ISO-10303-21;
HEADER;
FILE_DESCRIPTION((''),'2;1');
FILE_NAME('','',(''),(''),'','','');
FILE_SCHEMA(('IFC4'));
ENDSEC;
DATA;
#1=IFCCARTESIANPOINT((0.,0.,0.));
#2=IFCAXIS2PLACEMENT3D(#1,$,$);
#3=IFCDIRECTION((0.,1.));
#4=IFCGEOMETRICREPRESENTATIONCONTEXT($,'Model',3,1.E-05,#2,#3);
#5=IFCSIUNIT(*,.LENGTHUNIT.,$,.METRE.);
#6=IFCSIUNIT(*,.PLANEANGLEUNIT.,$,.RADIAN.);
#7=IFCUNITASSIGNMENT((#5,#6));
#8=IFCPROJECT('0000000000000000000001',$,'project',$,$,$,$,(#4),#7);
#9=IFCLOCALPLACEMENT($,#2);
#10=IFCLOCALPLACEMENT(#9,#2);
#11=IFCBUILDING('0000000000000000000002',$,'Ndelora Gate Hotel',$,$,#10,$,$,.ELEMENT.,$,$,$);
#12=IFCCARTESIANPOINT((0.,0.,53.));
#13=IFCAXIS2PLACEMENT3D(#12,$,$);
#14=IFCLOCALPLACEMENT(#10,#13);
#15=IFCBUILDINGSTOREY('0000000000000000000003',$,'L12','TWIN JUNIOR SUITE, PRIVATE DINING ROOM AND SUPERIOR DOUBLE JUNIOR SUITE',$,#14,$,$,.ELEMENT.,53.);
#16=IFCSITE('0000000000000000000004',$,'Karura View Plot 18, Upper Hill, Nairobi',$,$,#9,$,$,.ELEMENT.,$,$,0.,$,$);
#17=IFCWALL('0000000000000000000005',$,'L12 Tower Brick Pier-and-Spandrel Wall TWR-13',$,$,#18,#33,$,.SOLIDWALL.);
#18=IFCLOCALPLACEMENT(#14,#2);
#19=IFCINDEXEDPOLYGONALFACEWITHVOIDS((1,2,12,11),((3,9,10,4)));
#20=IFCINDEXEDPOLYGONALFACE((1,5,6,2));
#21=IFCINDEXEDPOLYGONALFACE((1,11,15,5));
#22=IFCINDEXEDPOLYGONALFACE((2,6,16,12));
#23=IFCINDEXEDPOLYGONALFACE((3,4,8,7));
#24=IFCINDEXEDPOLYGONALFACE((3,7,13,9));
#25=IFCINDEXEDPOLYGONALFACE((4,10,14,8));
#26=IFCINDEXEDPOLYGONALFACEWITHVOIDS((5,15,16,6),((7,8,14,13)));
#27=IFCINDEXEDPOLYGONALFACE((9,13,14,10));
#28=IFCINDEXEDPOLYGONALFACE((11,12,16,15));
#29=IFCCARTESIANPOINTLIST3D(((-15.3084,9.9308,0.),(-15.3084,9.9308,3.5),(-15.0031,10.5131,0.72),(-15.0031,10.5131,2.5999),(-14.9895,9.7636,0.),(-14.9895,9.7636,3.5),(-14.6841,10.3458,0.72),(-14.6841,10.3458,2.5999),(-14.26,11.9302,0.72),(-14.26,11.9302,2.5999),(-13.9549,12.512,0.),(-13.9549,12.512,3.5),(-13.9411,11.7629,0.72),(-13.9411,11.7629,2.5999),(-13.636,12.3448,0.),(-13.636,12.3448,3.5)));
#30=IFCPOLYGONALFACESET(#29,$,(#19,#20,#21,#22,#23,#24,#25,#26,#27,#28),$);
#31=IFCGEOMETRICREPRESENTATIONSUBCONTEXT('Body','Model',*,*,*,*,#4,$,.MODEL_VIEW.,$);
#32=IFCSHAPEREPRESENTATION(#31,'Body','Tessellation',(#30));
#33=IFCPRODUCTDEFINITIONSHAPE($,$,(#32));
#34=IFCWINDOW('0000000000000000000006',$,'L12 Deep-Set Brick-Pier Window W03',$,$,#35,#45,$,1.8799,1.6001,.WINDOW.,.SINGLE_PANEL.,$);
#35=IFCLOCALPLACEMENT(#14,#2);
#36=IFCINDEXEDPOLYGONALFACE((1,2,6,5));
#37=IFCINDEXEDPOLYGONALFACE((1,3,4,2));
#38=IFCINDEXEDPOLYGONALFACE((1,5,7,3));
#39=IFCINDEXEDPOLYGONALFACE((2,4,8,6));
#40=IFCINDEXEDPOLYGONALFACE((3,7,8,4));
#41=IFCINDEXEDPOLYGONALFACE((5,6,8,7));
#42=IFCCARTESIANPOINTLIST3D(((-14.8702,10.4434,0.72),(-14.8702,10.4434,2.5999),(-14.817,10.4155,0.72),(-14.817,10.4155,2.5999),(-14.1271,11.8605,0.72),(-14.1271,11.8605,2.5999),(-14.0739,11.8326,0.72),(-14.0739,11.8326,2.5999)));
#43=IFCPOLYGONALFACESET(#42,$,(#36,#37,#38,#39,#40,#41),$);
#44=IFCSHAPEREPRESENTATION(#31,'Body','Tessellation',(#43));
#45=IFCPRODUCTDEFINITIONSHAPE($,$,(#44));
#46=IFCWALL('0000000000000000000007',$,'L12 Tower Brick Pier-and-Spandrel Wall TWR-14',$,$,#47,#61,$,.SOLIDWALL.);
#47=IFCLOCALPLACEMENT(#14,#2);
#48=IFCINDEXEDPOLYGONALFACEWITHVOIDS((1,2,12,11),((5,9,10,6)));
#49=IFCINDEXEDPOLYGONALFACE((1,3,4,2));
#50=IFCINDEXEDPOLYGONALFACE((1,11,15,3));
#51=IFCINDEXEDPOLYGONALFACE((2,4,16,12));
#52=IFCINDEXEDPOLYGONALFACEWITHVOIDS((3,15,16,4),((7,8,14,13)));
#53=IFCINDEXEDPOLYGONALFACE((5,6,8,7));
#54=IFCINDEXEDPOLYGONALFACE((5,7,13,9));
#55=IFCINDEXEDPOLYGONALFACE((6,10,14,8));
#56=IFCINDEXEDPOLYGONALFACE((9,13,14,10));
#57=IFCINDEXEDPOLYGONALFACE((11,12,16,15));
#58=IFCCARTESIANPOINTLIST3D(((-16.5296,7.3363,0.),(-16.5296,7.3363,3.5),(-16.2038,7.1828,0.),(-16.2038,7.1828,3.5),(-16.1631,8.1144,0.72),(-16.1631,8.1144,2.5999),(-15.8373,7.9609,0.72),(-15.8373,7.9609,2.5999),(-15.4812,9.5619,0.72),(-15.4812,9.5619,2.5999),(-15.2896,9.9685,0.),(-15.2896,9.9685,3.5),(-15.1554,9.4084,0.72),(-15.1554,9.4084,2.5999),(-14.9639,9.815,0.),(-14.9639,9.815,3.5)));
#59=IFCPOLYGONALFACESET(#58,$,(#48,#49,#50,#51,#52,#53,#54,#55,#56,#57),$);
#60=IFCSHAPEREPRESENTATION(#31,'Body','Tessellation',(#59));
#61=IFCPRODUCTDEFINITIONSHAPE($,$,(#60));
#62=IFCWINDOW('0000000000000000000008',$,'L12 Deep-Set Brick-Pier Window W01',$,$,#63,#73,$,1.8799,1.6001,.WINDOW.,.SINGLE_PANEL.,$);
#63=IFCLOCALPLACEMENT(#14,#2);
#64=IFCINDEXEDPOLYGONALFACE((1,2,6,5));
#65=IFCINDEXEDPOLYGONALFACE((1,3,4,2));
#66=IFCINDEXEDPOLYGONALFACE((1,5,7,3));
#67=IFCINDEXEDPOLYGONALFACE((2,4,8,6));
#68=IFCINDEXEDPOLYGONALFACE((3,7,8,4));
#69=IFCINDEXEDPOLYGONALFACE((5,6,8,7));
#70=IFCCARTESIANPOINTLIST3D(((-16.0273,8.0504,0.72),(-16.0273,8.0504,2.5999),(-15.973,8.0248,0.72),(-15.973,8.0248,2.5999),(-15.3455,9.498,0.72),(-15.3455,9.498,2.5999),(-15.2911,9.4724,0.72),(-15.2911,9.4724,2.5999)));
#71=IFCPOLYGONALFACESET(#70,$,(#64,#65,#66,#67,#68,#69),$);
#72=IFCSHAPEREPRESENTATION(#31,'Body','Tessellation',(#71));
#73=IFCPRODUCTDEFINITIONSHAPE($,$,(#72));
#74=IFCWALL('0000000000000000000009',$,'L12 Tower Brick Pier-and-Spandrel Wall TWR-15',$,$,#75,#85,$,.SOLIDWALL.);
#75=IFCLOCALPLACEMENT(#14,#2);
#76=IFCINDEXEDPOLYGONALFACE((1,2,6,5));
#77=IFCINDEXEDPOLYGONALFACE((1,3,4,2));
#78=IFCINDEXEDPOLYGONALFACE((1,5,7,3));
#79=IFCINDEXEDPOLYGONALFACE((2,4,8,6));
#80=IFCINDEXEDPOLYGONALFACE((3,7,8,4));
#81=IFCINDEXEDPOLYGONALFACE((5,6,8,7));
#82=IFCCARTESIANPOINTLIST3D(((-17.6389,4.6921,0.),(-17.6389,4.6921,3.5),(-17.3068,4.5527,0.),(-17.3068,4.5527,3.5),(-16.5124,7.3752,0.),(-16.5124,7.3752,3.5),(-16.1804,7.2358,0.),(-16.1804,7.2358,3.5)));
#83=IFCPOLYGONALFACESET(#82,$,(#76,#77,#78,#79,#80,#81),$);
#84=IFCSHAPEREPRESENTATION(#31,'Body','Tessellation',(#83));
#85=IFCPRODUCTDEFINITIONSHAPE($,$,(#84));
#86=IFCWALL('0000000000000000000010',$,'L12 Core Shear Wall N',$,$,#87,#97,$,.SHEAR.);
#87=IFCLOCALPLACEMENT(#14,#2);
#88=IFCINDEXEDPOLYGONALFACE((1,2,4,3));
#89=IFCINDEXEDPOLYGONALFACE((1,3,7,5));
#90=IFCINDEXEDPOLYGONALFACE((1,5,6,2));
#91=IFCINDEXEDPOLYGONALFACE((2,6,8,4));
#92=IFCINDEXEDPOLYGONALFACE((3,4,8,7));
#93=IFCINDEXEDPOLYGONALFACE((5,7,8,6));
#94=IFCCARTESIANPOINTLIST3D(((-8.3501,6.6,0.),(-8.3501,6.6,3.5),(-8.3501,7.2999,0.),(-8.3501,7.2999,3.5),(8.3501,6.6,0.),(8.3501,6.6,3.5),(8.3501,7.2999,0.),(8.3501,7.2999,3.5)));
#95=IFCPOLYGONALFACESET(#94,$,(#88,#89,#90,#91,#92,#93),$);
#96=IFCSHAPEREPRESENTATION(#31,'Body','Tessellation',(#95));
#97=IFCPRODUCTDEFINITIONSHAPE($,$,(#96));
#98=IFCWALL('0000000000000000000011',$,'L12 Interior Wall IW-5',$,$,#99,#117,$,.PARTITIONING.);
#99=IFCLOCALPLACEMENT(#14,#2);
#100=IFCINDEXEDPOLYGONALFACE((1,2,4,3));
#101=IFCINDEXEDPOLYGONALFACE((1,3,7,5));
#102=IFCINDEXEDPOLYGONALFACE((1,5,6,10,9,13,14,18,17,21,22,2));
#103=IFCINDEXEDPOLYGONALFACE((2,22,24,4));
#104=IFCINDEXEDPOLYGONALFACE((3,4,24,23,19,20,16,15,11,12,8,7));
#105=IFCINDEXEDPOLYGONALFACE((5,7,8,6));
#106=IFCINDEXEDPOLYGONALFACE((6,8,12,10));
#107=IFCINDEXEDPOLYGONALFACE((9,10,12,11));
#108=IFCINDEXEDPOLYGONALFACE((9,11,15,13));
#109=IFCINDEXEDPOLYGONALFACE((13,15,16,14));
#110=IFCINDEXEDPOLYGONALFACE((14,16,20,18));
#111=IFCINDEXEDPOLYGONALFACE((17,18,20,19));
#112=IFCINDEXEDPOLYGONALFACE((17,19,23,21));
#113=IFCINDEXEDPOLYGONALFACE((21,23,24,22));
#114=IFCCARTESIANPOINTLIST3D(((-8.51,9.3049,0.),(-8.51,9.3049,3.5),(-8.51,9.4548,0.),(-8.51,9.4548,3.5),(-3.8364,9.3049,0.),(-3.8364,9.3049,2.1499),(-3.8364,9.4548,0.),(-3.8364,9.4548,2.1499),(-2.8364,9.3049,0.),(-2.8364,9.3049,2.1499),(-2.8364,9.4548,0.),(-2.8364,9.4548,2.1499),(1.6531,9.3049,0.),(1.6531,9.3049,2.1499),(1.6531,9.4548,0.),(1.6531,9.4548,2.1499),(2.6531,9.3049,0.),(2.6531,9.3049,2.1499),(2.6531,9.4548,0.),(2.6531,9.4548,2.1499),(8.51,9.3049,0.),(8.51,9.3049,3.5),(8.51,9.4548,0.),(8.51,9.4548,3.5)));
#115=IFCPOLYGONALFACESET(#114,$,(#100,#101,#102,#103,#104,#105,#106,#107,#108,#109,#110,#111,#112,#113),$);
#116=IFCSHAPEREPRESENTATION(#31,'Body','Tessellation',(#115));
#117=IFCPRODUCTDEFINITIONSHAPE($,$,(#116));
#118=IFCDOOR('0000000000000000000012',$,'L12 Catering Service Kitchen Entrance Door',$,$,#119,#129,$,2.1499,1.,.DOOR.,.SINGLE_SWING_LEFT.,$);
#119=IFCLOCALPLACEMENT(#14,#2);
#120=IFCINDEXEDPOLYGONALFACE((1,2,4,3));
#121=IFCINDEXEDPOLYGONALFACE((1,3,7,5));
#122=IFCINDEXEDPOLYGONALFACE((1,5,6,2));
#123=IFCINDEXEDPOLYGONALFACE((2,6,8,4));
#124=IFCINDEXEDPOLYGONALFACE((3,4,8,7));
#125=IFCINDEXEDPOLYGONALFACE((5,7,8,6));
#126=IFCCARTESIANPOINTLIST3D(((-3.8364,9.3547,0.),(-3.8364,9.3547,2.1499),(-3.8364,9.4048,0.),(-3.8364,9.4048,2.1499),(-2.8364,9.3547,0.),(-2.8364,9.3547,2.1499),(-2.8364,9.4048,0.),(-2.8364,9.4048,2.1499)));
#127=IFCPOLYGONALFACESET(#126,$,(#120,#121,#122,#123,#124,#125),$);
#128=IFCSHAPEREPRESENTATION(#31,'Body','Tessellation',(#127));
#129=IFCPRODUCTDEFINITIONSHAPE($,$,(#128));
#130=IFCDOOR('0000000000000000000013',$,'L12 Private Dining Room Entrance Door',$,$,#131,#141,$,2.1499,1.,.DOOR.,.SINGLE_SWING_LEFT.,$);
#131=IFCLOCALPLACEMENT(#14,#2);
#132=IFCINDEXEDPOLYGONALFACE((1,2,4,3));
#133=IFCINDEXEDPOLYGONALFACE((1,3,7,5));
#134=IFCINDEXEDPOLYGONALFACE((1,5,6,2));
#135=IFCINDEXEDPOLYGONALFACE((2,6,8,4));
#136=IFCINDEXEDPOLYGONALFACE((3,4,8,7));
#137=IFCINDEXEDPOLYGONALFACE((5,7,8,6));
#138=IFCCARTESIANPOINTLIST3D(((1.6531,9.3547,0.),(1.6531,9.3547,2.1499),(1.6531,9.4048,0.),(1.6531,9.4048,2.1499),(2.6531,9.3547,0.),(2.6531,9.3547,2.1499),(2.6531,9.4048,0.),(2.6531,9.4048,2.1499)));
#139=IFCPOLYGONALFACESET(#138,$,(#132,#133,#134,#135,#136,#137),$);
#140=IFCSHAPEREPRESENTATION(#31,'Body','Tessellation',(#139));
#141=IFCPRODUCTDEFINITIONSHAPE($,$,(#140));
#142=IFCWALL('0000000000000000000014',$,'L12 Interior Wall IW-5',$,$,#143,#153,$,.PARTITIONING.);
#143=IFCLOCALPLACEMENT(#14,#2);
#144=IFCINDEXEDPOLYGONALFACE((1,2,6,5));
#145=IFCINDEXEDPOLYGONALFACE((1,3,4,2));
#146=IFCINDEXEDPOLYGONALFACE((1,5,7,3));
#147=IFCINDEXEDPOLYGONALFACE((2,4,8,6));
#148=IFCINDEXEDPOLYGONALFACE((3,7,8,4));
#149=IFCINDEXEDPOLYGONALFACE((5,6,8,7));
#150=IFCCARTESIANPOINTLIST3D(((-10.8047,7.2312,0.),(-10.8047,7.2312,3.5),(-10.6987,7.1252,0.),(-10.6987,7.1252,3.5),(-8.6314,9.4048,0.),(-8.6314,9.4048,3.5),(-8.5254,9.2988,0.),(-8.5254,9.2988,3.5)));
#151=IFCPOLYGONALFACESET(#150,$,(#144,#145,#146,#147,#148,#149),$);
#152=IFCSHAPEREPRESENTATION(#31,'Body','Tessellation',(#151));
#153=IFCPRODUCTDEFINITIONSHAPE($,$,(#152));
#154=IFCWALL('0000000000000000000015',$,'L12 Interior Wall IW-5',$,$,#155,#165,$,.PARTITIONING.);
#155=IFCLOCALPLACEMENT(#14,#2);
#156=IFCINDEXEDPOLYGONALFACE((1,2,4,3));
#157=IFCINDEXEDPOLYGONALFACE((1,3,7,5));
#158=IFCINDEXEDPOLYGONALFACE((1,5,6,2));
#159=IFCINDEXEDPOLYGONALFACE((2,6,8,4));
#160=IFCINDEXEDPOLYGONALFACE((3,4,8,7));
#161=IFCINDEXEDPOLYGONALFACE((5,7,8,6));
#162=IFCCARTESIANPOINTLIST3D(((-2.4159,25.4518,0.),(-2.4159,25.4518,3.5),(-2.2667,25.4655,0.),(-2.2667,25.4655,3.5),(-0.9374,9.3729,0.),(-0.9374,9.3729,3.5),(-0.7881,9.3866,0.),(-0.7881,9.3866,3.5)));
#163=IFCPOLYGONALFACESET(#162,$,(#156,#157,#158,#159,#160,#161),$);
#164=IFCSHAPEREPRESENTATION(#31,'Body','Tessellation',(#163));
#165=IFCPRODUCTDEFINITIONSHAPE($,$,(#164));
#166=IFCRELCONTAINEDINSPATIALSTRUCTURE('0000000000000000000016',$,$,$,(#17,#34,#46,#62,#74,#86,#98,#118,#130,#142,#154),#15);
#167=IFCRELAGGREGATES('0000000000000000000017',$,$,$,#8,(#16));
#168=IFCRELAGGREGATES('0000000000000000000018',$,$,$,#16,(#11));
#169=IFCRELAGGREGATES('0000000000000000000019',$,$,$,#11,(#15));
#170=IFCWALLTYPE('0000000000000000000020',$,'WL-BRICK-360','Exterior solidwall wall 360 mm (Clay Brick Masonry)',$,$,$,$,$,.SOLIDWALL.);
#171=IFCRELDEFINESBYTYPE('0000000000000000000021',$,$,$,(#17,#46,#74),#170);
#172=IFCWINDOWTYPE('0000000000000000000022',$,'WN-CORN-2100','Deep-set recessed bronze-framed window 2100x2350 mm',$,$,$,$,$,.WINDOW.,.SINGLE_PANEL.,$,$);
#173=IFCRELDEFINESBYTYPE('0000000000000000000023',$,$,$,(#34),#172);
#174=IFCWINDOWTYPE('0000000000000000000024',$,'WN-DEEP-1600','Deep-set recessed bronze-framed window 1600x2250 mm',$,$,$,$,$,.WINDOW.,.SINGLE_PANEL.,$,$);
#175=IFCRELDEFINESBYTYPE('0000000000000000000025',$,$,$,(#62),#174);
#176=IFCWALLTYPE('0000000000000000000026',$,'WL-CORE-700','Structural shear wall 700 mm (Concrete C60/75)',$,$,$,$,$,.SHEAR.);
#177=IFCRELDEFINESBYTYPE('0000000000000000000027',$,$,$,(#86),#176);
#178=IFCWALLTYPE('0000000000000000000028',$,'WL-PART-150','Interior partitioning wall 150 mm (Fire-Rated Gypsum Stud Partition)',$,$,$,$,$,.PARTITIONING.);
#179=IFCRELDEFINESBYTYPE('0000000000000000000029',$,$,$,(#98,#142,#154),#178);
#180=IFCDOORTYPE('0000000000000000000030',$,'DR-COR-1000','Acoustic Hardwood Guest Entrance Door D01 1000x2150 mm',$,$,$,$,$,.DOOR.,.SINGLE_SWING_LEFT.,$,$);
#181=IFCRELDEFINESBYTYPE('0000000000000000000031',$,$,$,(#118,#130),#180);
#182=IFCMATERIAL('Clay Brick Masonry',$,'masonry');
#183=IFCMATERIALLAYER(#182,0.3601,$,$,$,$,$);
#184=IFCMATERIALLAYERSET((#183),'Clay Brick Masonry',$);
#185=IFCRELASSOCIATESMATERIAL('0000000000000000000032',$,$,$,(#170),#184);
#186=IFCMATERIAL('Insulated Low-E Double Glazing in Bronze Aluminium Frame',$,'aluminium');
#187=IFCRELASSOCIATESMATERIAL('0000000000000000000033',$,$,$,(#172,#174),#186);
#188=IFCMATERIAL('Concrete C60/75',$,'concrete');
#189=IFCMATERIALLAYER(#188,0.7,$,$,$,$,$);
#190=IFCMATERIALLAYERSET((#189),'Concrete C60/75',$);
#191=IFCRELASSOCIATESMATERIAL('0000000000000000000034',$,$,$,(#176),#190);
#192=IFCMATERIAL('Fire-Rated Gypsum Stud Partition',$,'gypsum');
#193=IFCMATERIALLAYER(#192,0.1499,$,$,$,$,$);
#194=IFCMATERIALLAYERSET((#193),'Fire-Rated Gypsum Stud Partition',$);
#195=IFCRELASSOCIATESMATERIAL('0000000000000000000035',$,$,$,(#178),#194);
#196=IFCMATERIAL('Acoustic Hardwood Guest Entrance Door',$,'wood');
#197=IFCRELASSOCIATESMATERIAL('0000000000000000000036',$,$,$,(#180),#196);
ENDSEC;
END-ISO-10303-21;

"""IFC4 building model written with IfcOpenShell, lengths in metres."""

from ifc_helpers import new_model, si_unit, direction, frame, frame_2d, origin, place, context, subcontext, project, spatial, rectangle, extrude, material, layer, layer_set, type_object, element, fill, save


model = new_model("IFC4")

# Units and contexts
model_context = context("Model", 3, precision=1e-05, world=origin(), true_north=direction((0.0, 1.0)))
body_context = subcontext(model_context, "Body", "Model", "MODEL_VIEW")
ifc_project = project(units=[si_unit("LENGTHUNIT", "METRE"), si_unit("PLANEANGLEUNIT", "RADIAN")], contexts=[model_context])

# Site, building, storey
site_placement = place(None, origin())
site = spatial("IfcSite", under=ifc_project, at=site_placement, Name="Karura View Plot 18, Upper Hill, Nairobi", CompositionType="ELEMENT", RefElevation=0.0)
building_placement = place(site_placement, origin())
building = spatial("IfcBuilding", under=site, at=building_placement, Name="Ndelora Gate Hotel", CompositionType="ELEMENT")
storey_placement = place(building_placement, frame((0.0, 0.0, 53.0)))
storey = spatial("IfcBuildingStorey", under=building, at=storey_placement, Name="L12", Description="TWIN JUNIOR SUITE, PRIVATE DINING ROOM AND SUPERIOR DOUBLE JUNIOR SUITE", CompositionType="ELEMENT", Elevation=53.0)

# Shared definitions
ifc_material_1 = material(Name="Concrete C60/75", Category="concrete")

# Walls, openings, windows
ifc_material_2 = material(Name="Clay Brick Masonry", Category="masonry")
ifc_layer_1 = layer(ifc_material_2, 0.3601)
ifc_layer_set_1 = layer_set([ifc_layer_1], Name="Clay Brick Masonry")
wall_type_1 = type_object("IfcWallType", Name="WL-BRICK-360", Description="Exterior solidwall wall 360 mm (Clay Brick Masonry)", PredefinedType="SOLIDWALL", material=ifc_layer_set_1)
wall_1_placement = place(storey_placement, frame((-15.1489, 9.8472, 0.0), z_axis=(0.0, 0.0, 1.0), x_axis=(0.464386, 0.885633, 0.0)))
wall_1 = element("IfcWall", 1, at=wall_1_placement, inside=storey, type_object=wall_type_1, Name="L12 Tower Brick Pier-and-Spandrel Wall TWR-13", PredefinedType="SOLIDWALL", context=body_context, shape_type="SweptSolid", body=[
    extrude(rectangle(XDim=2.9146, YDim=0.3601, at=frame_2d((1.4573, 0.0))), origin(), (0.0, 0.0, 1.0), 3.5),
])
opening_1_placement = place(wall_1_placement, frame((0.6575, 0.0, 0.72)))
opening_1 = element("IfcOpeningElement", 2, at=opening_1_placement, cuts=wall_1, PredefinedType="OPENING", context=body_context, shape_type="SweptSolid", body=[
    extrude(rectangle(XDim=1.6001, YDim=1.8799, at=frame_2d((0.8, 0.9399))), frame((0.0, 0.1899, 0.0), z_axis=(0.0, -1.0, 0.0), x_axis=(1.0, 0.0, 0.0)), (0.0, 0.0, 1.0), 0.3801),
])
ifc_material_3 = material(Name="Insulated Low-E Double Glazing in Bronze Aluminium Frame", Category="aluminium")
window_type_1 = type_object("IfcWindowType", Name="WN-CORN-2100", Description="Deep-set recessed bronze-framed window 2100x2350 mm", PartitioningType="SINGLE_PANEL", PredefinedType="WINDOW", material=ifc_material_3)
window_1_placement = place(opening_1_placement, origin())
window_1 = element("IfcWindow", 3, at=window_1_placement, inside=storey, type_object=window_type_1, Name="L12 Deep-Set Brick-Pier Window W03", OverallHeight=1.8799, OverallWidth=1.6001, PartitioningType="SINGLE_PANEL", PredefinedType="WINDOW", context=body_context, shape_type="SweptSolid", body=[
    extrude(rectangle(XDim=1.6001, YDim=1.8799, at=frame_2d((0.8, 0.9399))), frame((0.0, 0.03, 0.0), z_axis=(0.0, -1.0, 0.0), x_axis=(1.0, 0.0, 0.0)), (0.0, 0.0, 1.0), 0.0601),
])
fill(opening_1, window_1)
wall_2_placement = place(storey_placement, frame((-16.3667, 7.2595, 0.0), z_axis=(0.0, 0.0, 1.0), x_axis=(0.426149, 0.904653, 0.0)))
wall_2 = element("IfcWall", 4, at=wall_2_placement, inside=storey, type_object=wall_type_1, Name="L12 Tower Brick Pier-and-Spandrel Wall TWR-14", PredefinedType="SOLIDWALL", context=body_context, shape_type="SweptSolid", body=[
    extrude(rectangle(XDim=2.9097, YDim=0.3601, at=frame_2d((1.4548, 0.0))), origin(), (0.0, 0.0, 1.0), 3.5),
])
opening_2_placement = place(wall_2_placement, frame((0.8601, 0.0, 0.72)))
opening_2 = element("IfcOpeningElement", 5, at=opening_2_placement, cuts=wall_2, PredefinedType="OPENING", context=body_context, shape_type="SweptSolid", body=[
    extrude(rectangle(XDim=1.6001, YDim=1.8799, at=frame_2d((0.8, 0.9399))), frame((0.0, 0.1899, 0.0), z_axis=(0.0, -1.0, 0.0), x_axis=(1.0, 0.0, 0.0)), (0.0, 0.0, 1.0), 0.3801),
])
window_type_2 = type_object("IfcWindowType", Name="WN-DEEP-1600", Description="Deep-set recessed bronze-framed window 1600x2250 mm", PartitioningType="SINGLE_PANEL", PredefinedType="WINDOW", material=ifc_material_3)
window_2_placement = place(opening_2_placement, origin())
window_2 = element("IfcWindow", 6, at=window_2_placement, inside=storey, type_object=window_type_2, Name="L12 Deep-Set Brick-Pier Window W01", OverallHeight=1.8799, OverallWidth=1.6001, PartitioningType="SINGLE_PANEL", PredefinedType="WINDOW", context=body_context, shape_type="SweptSolid", body=[
    extrude(rectangle(XDim=1.6001, YDim=1.8799, at=frame_2d((0.8, 0.9399))), frame((0.0, 0.03, 0.0), z_axis=(0.0, -1.0, 0.0), x_axis=(1.0, 0.0, 0.0)), (0.0, 0.0, 1.0), 0.0601),
])
fill(opening_2, window_2)

# Walls
wall_3_placement = place(storey_placement, frame((-17.4729, 4.6223, 0.0), z_axis=(0.0, 0.0, 1.0), x_axis=(0.387104, 0.922036, 0.0)))
element("IfcWall", 7, at=wall_3_placement, inside=storey, type_object=wall_type_1, Name="L12 Tower Brick Pier-and-Spandrel Wall TWR-15", PredefinedType="SOLIDWALL", context=body_context, shape_type="SweptSolid", body=[
    extrude(rectangle(XDim=2.9099, YDim=0.3601, at=frame_2d((1.4551, 0.0))), origin(), (0.0, 0.0, 1.0), 3.5),
])
ifc_layer_2 = layer(ifc_material_1, 0.7)
ifc_layer_set_2 = layer_set([ifc_layer_2], Name="Concrete C60/75")
wall_type_2 = type_object("IfcWallType", Name="WL-CORE-700", Description="Structural shear wall 700 mm (Concrete C60/75)", PredefinedType="SHEAR", material=ifc_layer_set_2)
wall_4_placement = place(storey_placement, frame((-8.3501, 6.95, 0.0), z_axis=(0.0, 0.0, 1.0), x_axis=(1.0, 0.0, 0.0)))
element("IfcWall", 8, at=wall_4_placement, inside=storey, type_object=wall_type_2, Name="L12 Core Shear Wall N", PredefinedType="SHEAR", context=body_context, shape_type="SweptSolid", body=[
    extrude(rectangle(XDim=16.7002, YDim=0.7, at=frame_2d((8.3501, 0.0))), origin(), (0.0, 0.0, 1.0), 3.5),
])

# Wall, openings, doors
ifc_material_4 = material(Name="Fire-Rated Gypsum Stud Partition", Category="gypsum")
ifc_layer_3 = layer(ifc_material_4, 0.1499)
ifc_layer_set_3 = layer_set([ifc_layer_3], Name="Fire-Rated Gypsum Stud Partition")
wall_type_3 = type_object("IfcWallType", Name="WL-PART-150", Description="Interior partitioning wall 150 mm (Fire-Rated Gypsum Stud Partition)", PredefinedType="PARTITIONING", material=ifc_layer_set_3)
wall_5_placement = place(storey_placement, frame((-8.51, 9.3799, 0.0), z_axis=(0.0, 0.0, 1.0), x_axis=(1.0, 0.0, 0.0)))
wall_5 = element("IfcWall", 9, at=wall_5_placement, inside=storey, type_object=wall_type_3, Name="L12 Interior Wall IW-5", PredefinedType="PARTITIONING", context=body_context, shape_type="SweptSolid", body=[
    extrude(rectangle(XDim=17.02, YDim=0.1499, at=frame_2d((8.51, 0.0))), origin(), (0.0, 0.0, 1.0), 3.5),
])
opening_3_placement = place(wall_5_placement, frame((4.6736, 0.0, 0.0)))
opening_3 = element("IfcOpeningElement", 10, at=opening_3_placement, cuts=wall_5, PredefinedType="OPENING", context=body_context, shape_type="SweptSolid", body=[
    extrude(rectangle(XDim=1.0, YDim=2.1499, at=frame_2d((0.5, 1.075))), frame((0.0, 0.085, 0.0), z_axis=(0.0, -1.0, 0.0), x_axis=(1.0, 0.0, 0.0)), (0.0, 0.0, 1.0), 0.1699),
])
opening_4_placement = place(wall_5_placement, frame((10.1631, 0.0, 0.0)))
opening_4 = element("IfcOpeningElement", 11, at=opening_4_placement, cuts=wall_5, PredefinedType="OPENING", context=body_context, shape_type="SweptSolid", body=[
    extrude(rectangle(XDim=1.0, YDim=2.1499, at=frame_2d((0.5, 1.075))), frame((0.0, 0.085, 0.0), z_axis=(0.0, -1.0, 0.0), x_axis=(1.0, 0.0, 0.0)), (0.0, 0.0, 1.0), 0.1699),
])
ifc_material_5 = material(Name="Acoustic Hardwood Guest Entrance Door", Category="wood")
door_type_1 = type_object("IfcDoorType", Name="DR-COR-1000", Description="Acoustic Hardwood Guest Entrance Door D01 1000x2150 mm", OperationType="SINGLE_SWING_LEFT", PredefinedType="DOOR", material=ifc_material_5)
door_1_placement = place(opening_3_placement, origin())
door_1 = element("IfcDoor", 12, at=door_1_placement, inside=storey, type_object=door_type_1, Name="L12 Catering Service Kitchen Entrance Door", OperationType="SINGLE_SWING_LEFT", OverallHeight=2.1499, OverallWidth=1.0, PredefinedType="DOOR", context=body_context, shape_type="SweptSolid", body=[
    extrude(rectangle(XDim=1.0, YDim=2.1499, at=frame_2d((0.5, 1.075))), frame((0.0, 0.0249, 0.0), z_axis=(0.0, -1.0, 0.0), x_axis=(1.0, 0.0, 0.0)), (0.0, 0.0, 1.0), 0.05),
])
fill(opening_3, door_1)
door_2_placement = place(opening_4_placement, origin())
door_2 = element("IfcDoor", 13, at=door_2_placement, inside=storey, type_object=door_type_1, Name="L12 Private Dining Room Entrance Door", OperationType="SINGLE_SWING_LEFT", OverallHeight=2.1499, OverallWidth=1.0, PredefinedType="DOOR", context=body_context, shape_type="SweptSolid", body=[
    extrude(rectangle(XDim=1.0, YDim=2.1499, at=frame_2d((0.5, 1.075))), frame((0.0, 0.0249, 0.0), z_axis=(0.0, -1.0, 0.0), x_axis=(1.0, 0.0, 0.0)), (0.0, 0.0, 1.0), 0.05),
])
fill(opening_4, door_2)

# Walls
wall_6_placement = place(storey_placement, frame((-10.7517, 7.1782, 0.0), z_axis=(0.0, 0.0, 1.0), x_axis=(0.707067, 0.707146, 0.0)))
element("IfcWall", 14, at=wall_6_placement, inside=storey, type_object=wall_type_3, Name="L12 Interior Wall IW-5", PredefinedType="PARTITIONING", context=body_context, shape_type="SweptSolid", body=[
    extrude(rectangle(XDim=3.0737, YDim=0.1499, at=frame_2d((1.5369, 0.0))), origin(), (0.0, 0.0, 1.0), 3.5),
])
wall_7_placement = place(storey_placement, frame((-0.8628, 9.3799, 0.0), z_axis=(0.0, 0.0, 1.0), x_axis=(-0.091568, 0.995799, 0.0)))
element("IfcWall", 15, at=wall_7_placement, inside=storey, type_object=wall_type_3, Name="L12 Interior Wall IW-5", PredefinedType="PARTITIONING", context=body_context, shape_type="SweptSolid", body=[
    extrude(rectangle(XDim=16.1467, YDim=0.1499, at=frame_2d((8.0732, 0.0))), origin(), (0.0, 0.0, 1.0), 3.5),
])

save(model, "model.ifc")
